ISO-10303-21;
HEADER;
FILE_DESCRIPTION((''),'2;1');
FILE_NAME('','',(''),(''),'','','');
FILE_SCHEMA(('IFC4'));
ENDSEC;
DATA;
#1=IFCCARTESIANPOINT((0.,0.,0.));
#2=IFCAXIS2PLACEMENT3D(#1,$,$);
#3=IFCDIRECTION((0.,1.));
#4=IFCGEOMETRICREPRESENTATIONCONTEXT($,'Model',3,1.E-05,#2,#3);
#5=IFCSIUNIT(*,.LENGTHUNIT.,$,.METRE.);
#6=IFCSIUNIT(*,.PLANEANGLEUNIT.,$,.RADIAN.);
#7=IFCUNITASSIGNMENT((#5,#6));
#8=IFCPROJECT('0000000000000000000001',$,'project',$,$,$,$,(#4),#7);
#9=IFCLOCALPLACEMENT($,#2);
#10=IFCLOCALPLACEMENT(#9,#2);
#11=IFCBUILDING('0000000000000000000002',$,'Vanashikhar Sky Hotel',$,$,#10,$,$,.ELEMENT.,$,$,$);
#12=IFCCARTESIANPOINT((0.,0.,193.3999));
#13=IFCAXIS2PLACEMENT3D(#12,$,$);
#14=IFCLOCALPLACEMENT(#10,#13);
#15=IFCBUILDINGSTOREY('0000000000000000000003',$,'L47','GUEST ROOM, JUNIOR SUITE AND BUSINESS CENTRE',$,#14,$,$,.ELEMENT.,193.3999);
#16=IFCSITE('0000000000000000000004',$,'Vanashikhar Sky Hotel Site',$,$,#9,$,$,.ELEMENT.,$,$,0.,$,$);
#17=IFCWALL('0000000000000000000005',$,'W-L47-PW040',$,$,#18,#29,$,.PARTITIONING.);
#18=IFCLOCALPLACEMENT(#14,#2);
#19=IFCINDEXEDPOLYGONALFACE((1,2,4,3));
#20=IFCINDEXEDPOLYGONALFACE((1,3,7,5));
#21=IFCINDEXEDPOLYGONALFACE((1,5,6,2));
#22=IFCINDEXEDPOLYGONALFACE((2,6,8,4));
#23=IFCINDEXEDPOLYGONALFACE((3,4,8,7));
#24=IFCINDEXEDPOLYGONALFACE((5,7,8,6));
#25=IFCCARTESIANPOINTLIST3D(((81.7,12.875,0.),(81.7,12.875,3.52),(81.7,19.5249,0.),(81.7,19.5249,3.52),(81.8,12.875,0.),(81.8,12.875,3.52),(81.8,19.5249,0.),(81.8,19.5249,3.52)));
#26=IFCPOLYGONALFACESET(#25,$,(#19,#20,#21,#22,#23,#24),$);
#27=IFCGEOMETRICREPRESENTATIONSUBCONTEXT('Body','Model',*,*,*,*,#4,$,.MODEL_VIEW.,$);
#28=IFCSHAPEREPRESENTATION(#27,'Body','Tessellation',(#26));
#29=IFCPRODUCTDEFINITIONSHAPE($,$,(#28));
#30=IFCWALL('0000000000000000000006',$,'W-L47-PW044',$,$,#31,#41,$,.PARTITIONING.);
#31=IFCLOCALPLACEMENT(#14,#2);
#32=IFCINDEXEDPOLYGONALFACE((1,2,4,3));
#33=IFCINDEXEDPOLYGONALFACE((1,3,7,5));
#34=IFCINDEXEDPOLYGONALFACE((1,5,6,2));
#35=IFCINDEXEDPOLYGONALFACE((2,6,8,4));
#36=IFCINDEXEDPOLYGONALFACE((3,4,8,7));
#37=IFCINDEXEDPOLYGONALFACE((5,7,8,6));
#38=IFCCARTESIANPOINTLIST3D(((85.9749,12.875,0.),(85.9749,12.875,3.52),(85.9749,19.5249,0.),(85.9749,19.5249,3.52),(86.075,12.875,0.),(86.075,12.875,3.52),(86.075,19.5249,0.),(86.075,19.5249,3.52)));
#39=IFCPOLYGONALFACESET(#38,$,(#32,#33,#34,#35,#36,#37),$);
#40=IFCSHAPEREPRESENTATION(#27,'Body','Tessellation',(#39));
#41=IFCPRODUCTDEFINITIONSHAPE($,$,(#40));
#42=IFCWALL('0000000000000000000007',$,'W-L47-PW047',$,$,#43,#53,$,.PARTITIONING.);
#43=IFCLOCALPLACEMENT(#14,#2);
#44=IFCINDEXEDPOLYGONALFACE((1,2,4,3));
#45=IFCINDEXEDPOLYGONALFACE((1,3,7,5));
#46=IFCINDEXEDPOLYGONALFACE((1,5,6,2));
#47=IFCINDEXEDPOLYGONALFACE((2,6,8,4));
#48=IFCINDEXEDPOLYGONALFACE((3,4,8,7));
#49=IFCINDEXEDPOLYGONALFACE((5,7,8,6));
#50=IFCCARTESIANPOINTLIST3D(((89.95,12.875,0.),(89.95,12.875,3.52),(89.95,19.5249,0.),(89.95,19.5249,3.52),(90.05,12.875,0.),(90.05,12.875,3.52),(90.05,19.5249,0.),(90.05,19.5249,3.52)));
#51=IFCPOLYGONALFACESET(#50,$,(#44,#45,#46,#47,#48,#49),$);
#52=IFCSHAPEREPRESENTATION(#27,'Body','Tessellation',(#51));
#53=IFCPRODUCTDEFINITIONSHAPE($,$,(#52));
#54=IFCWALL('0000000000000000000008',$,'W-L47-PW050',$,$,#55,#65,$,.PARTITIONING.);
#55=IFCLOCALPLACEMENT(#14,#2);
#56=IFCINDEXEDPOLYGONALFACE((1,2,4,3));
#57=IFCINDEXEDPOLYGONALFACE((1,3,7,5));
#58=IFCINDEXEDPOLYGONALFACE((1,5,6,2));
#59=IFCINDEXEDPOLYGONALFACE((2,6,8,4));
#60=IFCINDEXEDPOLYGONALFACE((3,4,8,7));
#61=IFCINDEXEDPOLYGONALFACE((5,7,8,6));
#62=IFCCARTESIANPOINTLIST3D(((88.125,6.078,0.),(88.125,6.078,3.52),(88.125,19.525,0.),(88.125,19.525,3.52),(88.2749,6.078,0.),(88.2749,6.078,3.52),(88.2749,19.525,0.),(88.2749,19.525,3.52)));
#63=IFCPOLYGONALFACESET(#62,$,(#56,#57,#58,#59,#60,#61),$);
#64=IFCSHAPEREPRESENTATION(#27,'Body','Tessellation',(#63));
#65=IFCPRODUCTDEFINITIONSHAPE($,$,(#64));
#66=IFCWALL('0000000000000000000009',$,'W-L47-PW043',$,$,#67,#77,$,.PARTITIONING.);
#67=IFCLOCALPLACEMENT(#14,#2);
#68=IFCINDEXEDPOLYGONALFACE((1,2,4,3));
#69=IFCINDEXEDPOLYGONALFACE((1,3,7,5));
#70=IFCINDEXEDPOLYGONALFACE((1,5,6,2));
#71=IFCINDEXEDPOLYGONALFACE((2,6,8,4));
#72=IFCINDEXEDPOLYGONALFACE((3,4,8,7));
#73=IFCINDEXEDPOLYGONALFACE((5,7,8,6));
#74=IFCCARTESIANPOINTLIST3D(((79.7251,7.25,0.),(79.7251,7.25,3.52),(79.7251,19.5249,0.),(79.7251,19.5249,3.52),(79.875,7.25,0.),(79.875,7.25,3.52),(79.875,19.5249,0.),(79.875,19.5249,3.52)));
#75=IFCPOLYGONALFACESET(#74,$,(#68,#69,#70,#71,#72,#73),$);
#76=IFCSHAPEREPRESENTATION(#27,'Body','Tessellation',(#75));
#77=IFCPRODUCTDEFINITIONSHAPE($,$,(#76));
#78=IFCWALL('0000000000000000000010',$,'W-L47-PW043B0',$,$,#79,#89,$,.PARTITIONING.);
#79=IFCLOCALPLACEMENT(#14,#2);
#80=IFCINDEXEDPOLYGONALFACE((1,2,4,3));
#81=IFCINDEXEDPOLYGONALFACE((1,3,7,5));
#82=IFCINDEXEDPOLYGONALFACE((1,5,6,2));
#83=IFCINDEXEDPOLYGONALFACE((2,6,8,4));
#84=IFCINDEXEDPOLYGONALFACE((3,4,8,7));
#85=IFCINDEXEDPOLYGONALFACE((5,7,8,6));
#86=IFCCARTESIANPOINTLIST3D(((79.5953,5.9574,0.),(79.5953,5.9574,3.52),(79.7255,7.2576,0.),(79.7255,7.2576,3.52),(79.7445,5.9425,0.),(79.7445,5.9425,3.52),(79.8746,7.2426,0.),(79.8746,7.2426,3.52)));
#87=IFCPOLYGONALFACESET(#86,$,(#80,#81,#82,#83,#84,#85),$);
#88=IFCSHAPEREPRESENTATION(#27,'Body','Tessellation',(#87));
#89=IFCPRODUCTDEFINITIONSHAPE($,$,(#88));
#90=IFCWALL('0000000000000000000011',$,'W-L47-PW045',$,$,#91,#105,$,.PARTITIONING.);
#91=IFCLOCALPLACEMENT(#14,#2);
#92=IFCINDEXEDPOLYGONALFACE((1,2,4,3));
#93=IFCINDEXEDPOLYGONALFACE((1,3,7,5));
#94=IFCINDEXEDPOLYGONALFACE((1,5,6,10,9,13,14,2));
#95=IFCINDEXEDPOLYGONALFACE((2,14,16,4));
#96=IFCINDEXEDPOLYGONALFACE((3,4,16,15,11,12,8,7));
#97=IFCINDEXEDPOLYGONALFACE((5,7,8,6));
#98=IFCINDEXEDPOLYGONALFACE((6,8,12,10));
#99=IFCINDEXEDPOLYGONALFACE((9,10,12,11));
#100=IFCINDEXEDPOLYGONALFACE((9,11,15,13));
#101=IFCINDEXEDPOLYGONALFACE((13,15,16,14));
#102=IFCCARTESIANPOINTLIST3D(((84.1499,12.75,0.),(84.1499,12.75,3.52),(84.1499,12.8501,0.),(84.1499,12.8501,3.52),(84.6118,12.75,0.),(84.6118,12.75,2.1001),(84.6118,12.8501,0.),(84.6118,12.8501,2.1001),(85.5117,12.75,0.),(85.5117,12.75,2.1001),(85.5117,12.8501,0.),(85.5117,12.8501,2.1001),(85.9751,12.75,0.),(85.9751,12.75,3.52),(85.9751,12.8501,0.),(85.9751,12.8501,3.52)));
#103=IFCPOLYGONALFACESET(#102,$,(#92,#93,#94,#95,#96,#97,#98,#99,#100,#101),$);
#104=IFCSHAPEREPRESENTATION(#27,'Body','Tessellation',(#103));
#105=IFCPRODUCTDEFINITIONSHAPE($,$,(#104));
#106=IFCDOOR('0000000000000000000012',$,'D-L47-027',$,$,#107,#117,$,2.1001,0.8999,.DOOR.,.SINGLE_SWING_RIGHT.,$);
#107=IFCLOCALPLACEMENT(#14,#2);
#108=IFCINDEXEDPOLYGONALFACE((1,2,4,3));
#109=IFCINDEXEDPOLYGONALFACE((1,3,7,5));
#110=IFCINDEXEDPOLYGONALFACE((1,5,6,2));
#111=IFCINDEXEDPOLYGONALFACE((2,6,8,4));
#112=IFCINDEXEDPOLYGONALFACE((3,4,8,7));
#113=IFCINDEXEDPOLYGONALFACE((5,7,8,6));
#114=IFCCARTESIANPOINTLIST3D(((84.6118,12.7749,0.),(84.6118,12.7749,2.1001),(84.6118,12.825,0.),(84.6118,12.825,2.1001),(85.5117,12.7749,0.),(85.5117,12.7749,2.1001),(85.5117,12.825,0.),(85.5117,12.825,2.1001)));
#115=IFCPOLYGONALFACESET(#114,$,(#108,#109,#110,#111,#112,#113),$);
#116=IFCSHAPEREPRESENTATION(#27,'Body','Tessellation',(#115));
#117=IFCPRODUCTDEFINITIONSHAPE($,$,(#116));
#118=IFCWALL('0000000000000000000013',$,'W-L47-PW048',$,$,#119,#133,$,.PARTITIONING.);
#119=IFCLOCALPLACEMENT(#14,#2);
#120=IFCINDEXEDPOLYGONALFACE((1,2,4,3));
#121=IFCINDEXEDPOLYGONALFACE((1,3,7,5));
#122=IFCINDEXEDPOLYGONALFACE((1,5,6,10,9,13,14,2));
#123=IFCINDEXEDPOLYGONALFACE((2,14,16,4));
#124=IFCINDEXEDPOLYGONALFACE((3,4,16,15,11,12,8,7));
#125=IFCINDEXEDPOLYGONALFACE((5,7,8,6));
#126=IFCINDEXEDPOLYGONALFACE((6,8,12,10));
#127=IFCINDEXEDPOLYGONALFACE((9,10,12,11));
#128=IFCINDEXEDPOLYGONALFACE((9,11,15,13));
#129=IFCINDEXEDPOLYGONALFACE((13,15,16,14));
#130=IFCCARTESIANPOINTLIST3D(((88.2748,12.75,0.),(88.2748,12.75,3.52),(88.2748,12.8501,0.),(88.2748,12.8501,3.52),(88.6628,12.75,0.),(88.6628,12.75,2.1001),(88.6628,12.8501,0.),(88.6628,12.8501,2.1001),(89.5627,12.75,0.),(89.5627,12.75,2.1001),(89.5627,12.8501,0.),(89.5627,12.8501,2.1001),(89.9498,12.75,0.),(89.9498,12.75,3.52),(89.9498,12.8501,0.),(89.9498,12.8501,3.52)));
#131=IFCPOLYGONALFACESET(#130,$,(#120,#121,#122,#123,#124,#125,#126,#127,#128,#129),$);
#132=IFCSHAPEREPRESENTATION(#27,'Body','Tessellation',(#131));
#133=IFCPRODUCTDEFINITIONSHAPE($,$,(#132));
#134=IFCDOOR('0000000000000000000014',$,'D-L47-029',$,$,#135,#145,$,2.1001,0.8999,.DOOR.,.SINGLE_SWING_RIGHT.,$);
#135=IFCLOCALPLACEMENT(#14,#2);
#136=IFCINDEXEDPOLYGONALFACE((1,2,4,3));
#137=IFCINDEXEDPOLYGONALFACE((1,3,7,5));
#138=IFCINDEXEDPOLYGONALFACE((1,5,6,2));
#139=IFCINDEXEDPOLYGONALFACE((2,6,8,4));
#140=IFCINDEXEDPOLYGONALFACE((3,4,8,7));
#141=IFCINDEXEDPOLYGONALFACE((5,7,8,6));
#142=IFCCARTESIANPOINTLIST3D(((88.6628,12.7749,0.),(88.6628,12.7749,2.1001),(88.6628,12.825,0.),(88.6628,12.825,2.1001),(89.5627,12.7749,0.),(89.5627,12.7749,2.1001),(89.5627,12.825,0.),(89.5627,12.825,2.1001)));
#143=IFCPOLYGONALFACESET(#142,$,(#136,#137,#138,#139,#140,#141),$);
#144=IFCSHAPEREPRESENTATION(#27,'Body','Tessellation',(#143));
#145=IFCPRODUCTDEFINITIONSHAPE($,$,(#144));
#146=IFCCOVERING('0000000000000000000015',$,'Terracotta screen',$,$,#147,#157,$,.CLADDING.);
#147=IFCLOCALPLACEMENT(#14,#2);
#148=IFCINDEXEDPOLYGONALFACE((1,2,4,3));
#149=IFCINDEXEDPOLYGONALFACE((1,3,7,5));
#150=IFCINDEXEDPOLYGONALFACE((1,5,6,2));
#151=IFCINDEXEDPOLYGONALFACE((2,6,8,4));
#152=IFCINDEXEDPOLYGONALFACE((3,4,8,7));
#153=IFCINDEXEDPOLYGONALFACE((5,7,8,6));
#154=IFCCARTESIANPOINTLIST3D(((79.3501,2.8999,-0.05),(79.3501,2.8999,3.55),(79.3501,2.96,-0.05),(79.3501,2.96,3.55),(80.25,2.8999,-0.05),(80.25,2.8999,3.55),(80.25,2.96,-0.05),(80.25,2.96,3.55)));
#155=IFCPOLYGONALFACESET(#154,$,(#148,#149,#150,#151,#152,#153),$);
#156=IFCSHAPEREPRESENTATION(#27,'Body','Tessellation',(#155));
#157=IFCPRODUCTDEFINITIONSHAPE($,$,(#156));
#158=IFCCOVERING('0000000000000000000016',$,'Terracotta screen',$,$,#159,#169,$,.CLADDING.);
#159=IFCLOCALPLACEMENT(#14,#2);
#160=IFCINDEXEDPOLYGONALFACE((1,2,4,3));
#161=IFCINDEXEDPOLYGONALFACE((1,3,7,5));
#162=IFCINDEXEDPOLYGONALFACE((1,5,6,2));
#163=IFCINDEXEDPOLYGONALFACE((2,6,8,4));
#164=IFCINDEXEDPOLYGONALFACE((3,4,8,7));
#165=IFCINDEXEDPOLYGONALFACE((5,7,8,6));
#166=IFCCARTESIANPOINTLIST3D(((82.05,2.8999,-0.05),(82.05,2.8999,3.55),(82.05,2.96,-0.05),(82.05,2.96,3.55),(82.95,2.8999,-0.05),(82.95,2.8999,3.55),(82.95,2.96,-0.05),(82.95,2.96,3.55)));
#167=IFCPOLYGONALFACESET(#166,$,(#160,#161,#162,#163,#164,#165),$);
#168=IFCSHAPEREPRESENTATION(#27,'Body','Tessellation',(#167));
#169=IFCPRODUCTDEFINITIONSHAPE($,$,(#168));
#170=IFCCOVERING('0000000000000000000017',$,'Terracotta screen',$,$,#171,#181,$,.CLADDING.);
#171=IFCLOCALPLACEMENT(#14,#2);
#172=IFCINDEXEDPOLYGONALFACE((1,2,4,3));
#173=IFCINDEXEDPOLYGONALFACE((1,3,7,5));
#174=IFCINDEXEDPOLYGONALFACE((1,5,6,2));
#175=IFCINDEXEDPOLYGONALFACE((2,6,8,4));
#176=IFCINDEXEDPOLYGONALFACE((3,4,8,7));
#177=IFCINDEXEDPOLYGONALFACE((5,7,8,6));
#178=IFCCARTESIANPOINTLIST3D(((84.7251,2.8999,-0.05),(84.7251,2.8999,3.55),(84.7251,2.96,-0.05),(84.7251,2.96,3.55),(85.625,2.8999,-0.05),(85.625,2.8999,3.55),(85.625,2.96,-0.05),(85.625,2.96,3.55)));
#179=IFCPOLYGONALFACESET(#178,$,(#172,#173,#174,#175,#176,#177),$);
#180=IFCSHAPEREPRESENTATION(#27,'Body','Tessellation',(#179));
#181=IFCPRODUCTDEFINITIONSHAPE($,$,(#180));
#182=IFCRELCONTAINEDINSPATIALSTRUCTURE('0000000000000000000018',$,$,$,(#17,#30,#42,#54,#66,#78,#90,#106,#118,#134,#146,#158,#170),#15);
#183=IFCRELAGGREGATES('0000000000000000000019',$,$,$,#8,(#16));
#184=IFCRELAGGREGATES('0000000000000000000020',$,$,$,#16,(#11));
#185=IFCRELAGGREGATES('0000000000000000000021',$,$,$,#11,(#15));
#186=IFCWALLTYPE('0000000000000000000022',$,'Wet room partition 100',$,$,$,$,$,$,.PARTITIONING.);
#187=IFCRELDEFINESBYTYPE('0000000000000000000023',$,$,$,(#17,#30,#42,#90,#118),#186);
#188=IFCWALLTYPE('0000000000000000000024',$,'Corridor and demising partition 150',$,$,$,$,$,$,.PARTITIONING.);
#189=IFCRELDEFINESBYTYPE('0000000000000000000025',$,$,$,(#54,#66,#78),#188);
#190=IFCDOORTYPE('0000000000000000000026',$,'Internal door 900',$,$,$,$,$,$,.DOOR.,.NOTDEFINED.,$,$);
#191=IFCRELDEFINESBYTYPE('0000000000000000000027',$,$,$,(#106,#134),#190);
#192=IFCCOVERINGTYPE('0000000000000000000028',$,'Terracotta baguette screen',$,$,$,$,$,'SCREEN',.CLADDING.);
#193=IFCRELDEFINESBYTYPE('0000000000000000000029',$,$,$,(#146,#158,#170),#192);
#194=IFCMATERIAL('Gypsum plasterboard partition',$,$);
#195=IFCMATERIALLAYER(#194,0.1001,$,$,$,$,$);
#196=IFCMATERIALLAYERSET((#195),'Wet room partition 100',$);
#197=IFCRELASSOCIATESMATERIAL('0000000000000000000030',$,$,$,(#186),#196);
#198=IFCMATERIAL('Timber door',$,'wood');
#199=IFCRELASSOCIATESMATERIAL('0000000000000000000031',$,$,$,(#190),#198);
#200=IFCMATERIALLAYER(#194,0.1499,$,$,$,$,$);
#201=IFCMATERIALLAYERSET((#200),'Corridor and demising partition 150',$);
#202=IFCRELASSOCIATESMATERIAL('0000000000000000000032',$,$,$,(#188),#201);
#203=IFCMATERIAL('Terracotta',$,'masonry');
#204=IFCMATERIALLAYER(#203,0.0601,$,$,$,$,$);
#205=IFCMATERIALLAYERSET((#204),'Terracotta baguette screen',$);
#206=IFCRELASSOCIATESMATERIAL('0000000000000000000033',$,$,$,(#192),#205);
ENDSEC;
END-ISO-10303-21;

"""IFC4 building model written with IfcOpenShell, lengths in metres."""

from ifc_helpers import new_model, si_unit, direction, frame, frame_2d, origin, origin_2d, place, context, subcontext, project, spatial, rectangle, extrude, source, transform, mapped, material, layer, layer_set, type_object, element, fill, save


model = new_model("IFC4")

# Units and contexts
model_context = context("Model", 3, precision=1e-05, world=origin(), true_north=direction((0.0, 1.0)))
body_context = subcontext(model_context, "Body", "Model", "MODEL_VIEW")
ifc_project = project(units=[si_unit("LENGTHUNIT", "METRE"), si_unit("PLANEANGLEUNIT", "RADIAN")], contexts=[model_context])

# Site, building, storey
site_placement = place(None, origin())
site = spatial("IfcSite", under=ifc_project, at=site_placement, Name="Vanashikhar Sky Hotel Site", CompositionType="ELEMENT", RefElevation=0.0)
building_placement = place(site_placement, origin())
building = spatial("IfcBuilding", under=site, at=building_placement, Name="Vanashikhar Sky Hotel", CompositionType="ELEMENT")
storey_placement = place(building_placement, frame((0.0, 0.0, 193.3999)))
storey = spatial("IfcBuildingStorey", under=building, at=storey_placement, Name="L47", Description="GUEST ROOM, JUNIOR SUITE AND BUSINESS CENTRE", CompositionType="ELEMENT", Elevation=193.3999)

# Shared definitions
ifc_material_1 = material(Name="Gypsum plasterboard partition")
ifc_layer_1 = layer(ifc_material_1, 0.1001)
ifc_layer_set_1 = layer_set([ifc_layer_1], Name="Wet room partition 100")
wall_type_1 = type_object("IfcWallType", Name="Wet room partition 100", PredefinedType="PARTITIONING", material=ifc_layer_set_1)
shared_shape_1 = source(origin(), body_context, "Body", "SweptSolid", [
    extrude(rectangle(XDim=0.8999, YDim=2.1001, at=frame_2d((0.45, 1.05))), frame((0.0, 0.0601, 0.0), z_axis=(0.0, -1.0, 0.0), x_axis=(1.0, 0.0, 0.0)), (0.0, 0.0, 1.0), 0.1201),
])
ifc_material_2 = material(Name="Timber door", Category="wood")
door_type_1 = type_object("IfcDoorType", Name="Internal door 900", OperationType="NOTDEFINED", PredefinedType="DOOR", material=ifc_material_2)
shared_shape_2 = source(origin(), body_context, "Body", "SweptSolid", [
    extrude(rectangle(XDim=0.8999, YDim=2.1001, at=frame_2d((0.45, 1.05))), frame((0.0, 0.0249, 0.0), z_axis=(0.0, -1.0, 0.0), x_axis=(1.0, 0.0, 0.0)), (0.0, 0.0, 1.0), 0.05),
])

# Walls
shared_shape_3 = source(origin(), body_context, "Body", "SweptSolid", [
    extrude(rectangle(XDim=6.6499, YDim=0.1001, at=frame_2d((3.325, 0.0))), origin(), (0.0, 0.0, 1.0), 3.52),
])
for number, where, z_axis, x_axis, name in (
    (1, (81.75, 12.875, 0.0), (0.0, 0.0, 1.0), (0.0, 1.0, 0.0), "W-L47-PW040"),
    (2, (86.0249, 12.875, 0.0), (0.0, 0.0, 1.0), (0.0, 1.0, 0.0), "W-L47-PW044"),
    (3, (90.0, 12.875, 0.0), (0.0, 0.0, 1.0), (0.0, 1.0, 0.0), "W-L47-PW047"),
):
    element("IfcWall", number, at=place(storey_placement, frame(where, z_axis=z_axis, x_axis=x_axis)), inside=storey, type_object=wall_type_1, Name=name, PredefinedType="PARTITIONING", context=body_context, shape_type="MappedRepresentation", body=[
        mapped(shared_shape_3, transform((0.0, 0.0, 0.0), scale=1.0)),
    ])
ifc_layer_2 = layer(ifc_material_1, 0.1499)
ifc_layer_set_2 = layer_set([ifc_layer_2], Name="Corridor and demising partition 150")
wall_type_2 = type_object("IfcWallType", Name="Corridor and demising partition 150", PredefinedType="PARTITIONING", material=ifc_layer_set_2)
shared_shape_4 = source(origin(), body_context, "Body", "SweptSolid", [
    extrude(rectangle(XDim=13.447, YDim=0.1499, at=frame_2d((6.7236, 0.0))), origin(), (0.0, 0.0, 1.0), 3.52),
])
wall_1_placement = place(storey_placement, frame((88.2, 6.0779, 0.0), z_axis=(0.0, 0.0, 1.0), x_axis=(0.0, 1.0, 0.0)))
element("IfcWall", 4, at=wall_1_placement, inside=storey, type_object=wall_type_2, Name="W-L47-PW050", PredefinedType="PARTITIONING", context=body_context, shape_type="MappedRepresentation", body=[
    mapped(shared_shape_4, transform((0.0, 0.0, 0.0), scale=1.0)),
])
shared_shape_5 = source(origin(), body_context, "Body", "SweptSolid", [
    extrude(rectangle(XDim=12.2749, YDim=0.1499, at=frame_2d((6.1375, 0.0))), origin(), (0.0, 0.0, 1.0), 3.52),
])
wall_2_placement = place(storey_placement, frame((79.8, 7.25, 0.0), z_axis=(0.0, 0.0, 1.0), x_axis=(0.0, 1.0, 0.0)))
element("IfcWall", 5, at=wall_2_placement, inside=storey, type_object=wall_type_2, Name="W-L47-PW043", PredefinedType="PARTITIONING", context=body_context, shape_type="MappedRepresentation", body=[
    mapped(shared_shape_5, transform((0.0, 0.0, 0.0), scale=1.0)),
])
shared_shape_6 = source(origin(), body_context, "Body", "SweptSolid", [
    extrude(rectangle(XDim=1.3066, YDim=0.1499, at=frame_2d((0.6533, 0.0))), origin(), (0.0, 0.0, 1.0), 3.52),
])
wall_3_placement = place(storey_placement, frame((79.6699, 5.95, 0.0), z_axis=(0.0, 0.0, 1.0), x_axis=(0.099596, 0.995028, 0.0)))
element("IfcWall", 6, at=wall_3_placement, inside=storey, type_object=wall_type_2, Name="W-L47-PW043B0", PredefinedType="PARTITIONING", context=body_context, shape_type="MappedRepresentation", body=[
    mapped(shared_shape_6, transform((0.0, 0.0, 0.0), scale=1.0)),
])

# Walls, openings, doors
shared_shape_7 = source(origin(), body_context, "Body", "SweptSolid", [
    extrude(rectangle(XDim=1.8252, YDim=0.1001, at=frame_2d((0.9126, 0.0))), origin(), (0.0, 0.0, 1.0), 3.52),
])
wall_4_placement = place(storey_placement, frame((84.1499, 12.8, 0.0), z_axis=(0.0, 0.0, 1.0), x_axis=(1.0, 0.0, 0.0)))
wall_4 = element("IfcWall", 7, at=wall_4_placement, inside=storey, type_object=wall_type_1, Name="W-L47-PW045", PredefinedType="PARTITIONING", context=body_context, shape_type="MappedRepresentation", body=[
    mapped(shared_shape_7, transform((0.0, 0.0, 0.0), scale=1.0)),
])
opening_1_placement = place(wall_4_placement, frame((0.4619, 0.0, 0.0)))
opening_1 = element("IfcOpeningElement", 8, at=opening_1_placement, cuts=wall_4, PredefinedType="OPENING", context=body_context, shape_type="MappedRepresentation", body=[
    mapped(shared_shape_1, transform((0.0, 0.0, 0.0), scale=1.0)),
])
door_1_placement = place(opening_1_placement, origin())
door_1 = element("IfcDoor", 9, at=door_1_placement, inside=storey, type_object=door_type_1, Name="D-L47-027", OperationType="SINGLE_SWING_RIGHT", OverallHeight=2.1001, OverallWidth=0.8999, PredefinedType="DOOR", context=body_context, shape_type="MappedRepresentation", body=[
    mapped(shared_shape_2, transform((0.0, 0.0, 0.0), scale=1.0)),
])
fill(opening_1, door_1)
shared_shape_8 = source(origin(), body_context, "Body", "SweptSolid", [
    extrude(rectangle(XDim=1.675, YDim=0.1001, at=frame_2d((0.8374, 0.0))), origin(), (0.0, 0.0, 1.0), 3.52),
])
wall_5_placement = place(storey_placement, frame((88.2749, 12.8, 0.0), z_axis=(0.0, 0.0, 1.0), x_axis=(1.0, 0.0, 0.0)))
wall_5 = element("IfcWall", 10, at=wall_5_placement, inside=storey, type_object=wall_type_1, Name="W-L47-PW048", PredefinedType="PARTITIONING", context=body_context, shape_type="MappedRepresentation", body=[
    mapped(shared_shape_8, transform((0.0, 0.0, 0.0), scale=1.0)),
])
opening_2_placement = place(wall_5_placement, frame((0.3879, 0.0, 0.0)))
opening_2 = element("IfcOpeningElement", 11, at=opening_2_placement, cuts=wall_5, PredefinedType="OPENING", context=body_context, shape_type="MappedRepresentation", body=[
    mapped(shared_shape_1, transform((0.0, 0.0, 0.0), scale=1.0)),
])
door_2_placement = place(opening_2_placement, origin())
door_2 = element("IfcDoor", 12, at=door_2_placement, inside=storey, type_object=door_type_1, Name="D-L47-029", OperationType="SINGLE_SWING_RIGHT", OverallHeight=2.1001, OverallWidth=0.8999, PredefinedType="DOOR", context=body_context, shape_type="MappedRepresentation", body=[
    mapped(shared_shape_2, transform((0.0, 0.0, 0.0), scale=1.0)),
])
fill(opening_2, door_2)

# Coverings
ifc_material_3 = material(Name="Terracotta", Category="masonry")
ifc_layer_3 = layer(ifc_material_3, 0.0601)
ifc_layer_set_3 = layer_set([ifc_layer_3], Name="Terracotta baguette screen")
covering_type = type_object("IfcCoveringType", Name="Terracotta baguette screen", ElementType="SCREEN", PredefinedType="CLADDING", material=ifc_layer_set_3)
shared_shape_9 = source(origin(), body_context, "Body", "SweptSolid", [
    extrude(rectangle(XDim=0.8999, YDim=0.0601, at=origin_2d()), origin(), (0.0, 0.0, 1.0), 3.6001),
])
for number, where, z_axis, x_axis, name in (
    (13, (79.8, 2.9299, -0.05), (0.0, 0.0, 1.0), (1.0, 0.0, 0.0), "Terracotta screen"),
    (14, (82.5, 2.9299, -0.05), (0.0, 0.0, 1.0), (1.0, 0.0, 0.0), "Terracotta screen"),
    (15, (85.175, 2.9299, -0.05), (0.0, 0.0, 1.0), (1.0, 0.0, 0.0), "Terracotta screen"),
):
    element("IfcCovering", number, at=place(storey_placement, frame(where, z_axis=z_axis, x_axis=x_axis)), inside=storey, type_object=covering_type, Name=name, PredefinedType="CLADDING", context=body_context, shape_type="MappedRepresentation", body=[
        mapped(shared_shape_9, transform((0.0, 0.0, 0.0), scale=1.0)),
    ])

save(model, "model.ifc")
